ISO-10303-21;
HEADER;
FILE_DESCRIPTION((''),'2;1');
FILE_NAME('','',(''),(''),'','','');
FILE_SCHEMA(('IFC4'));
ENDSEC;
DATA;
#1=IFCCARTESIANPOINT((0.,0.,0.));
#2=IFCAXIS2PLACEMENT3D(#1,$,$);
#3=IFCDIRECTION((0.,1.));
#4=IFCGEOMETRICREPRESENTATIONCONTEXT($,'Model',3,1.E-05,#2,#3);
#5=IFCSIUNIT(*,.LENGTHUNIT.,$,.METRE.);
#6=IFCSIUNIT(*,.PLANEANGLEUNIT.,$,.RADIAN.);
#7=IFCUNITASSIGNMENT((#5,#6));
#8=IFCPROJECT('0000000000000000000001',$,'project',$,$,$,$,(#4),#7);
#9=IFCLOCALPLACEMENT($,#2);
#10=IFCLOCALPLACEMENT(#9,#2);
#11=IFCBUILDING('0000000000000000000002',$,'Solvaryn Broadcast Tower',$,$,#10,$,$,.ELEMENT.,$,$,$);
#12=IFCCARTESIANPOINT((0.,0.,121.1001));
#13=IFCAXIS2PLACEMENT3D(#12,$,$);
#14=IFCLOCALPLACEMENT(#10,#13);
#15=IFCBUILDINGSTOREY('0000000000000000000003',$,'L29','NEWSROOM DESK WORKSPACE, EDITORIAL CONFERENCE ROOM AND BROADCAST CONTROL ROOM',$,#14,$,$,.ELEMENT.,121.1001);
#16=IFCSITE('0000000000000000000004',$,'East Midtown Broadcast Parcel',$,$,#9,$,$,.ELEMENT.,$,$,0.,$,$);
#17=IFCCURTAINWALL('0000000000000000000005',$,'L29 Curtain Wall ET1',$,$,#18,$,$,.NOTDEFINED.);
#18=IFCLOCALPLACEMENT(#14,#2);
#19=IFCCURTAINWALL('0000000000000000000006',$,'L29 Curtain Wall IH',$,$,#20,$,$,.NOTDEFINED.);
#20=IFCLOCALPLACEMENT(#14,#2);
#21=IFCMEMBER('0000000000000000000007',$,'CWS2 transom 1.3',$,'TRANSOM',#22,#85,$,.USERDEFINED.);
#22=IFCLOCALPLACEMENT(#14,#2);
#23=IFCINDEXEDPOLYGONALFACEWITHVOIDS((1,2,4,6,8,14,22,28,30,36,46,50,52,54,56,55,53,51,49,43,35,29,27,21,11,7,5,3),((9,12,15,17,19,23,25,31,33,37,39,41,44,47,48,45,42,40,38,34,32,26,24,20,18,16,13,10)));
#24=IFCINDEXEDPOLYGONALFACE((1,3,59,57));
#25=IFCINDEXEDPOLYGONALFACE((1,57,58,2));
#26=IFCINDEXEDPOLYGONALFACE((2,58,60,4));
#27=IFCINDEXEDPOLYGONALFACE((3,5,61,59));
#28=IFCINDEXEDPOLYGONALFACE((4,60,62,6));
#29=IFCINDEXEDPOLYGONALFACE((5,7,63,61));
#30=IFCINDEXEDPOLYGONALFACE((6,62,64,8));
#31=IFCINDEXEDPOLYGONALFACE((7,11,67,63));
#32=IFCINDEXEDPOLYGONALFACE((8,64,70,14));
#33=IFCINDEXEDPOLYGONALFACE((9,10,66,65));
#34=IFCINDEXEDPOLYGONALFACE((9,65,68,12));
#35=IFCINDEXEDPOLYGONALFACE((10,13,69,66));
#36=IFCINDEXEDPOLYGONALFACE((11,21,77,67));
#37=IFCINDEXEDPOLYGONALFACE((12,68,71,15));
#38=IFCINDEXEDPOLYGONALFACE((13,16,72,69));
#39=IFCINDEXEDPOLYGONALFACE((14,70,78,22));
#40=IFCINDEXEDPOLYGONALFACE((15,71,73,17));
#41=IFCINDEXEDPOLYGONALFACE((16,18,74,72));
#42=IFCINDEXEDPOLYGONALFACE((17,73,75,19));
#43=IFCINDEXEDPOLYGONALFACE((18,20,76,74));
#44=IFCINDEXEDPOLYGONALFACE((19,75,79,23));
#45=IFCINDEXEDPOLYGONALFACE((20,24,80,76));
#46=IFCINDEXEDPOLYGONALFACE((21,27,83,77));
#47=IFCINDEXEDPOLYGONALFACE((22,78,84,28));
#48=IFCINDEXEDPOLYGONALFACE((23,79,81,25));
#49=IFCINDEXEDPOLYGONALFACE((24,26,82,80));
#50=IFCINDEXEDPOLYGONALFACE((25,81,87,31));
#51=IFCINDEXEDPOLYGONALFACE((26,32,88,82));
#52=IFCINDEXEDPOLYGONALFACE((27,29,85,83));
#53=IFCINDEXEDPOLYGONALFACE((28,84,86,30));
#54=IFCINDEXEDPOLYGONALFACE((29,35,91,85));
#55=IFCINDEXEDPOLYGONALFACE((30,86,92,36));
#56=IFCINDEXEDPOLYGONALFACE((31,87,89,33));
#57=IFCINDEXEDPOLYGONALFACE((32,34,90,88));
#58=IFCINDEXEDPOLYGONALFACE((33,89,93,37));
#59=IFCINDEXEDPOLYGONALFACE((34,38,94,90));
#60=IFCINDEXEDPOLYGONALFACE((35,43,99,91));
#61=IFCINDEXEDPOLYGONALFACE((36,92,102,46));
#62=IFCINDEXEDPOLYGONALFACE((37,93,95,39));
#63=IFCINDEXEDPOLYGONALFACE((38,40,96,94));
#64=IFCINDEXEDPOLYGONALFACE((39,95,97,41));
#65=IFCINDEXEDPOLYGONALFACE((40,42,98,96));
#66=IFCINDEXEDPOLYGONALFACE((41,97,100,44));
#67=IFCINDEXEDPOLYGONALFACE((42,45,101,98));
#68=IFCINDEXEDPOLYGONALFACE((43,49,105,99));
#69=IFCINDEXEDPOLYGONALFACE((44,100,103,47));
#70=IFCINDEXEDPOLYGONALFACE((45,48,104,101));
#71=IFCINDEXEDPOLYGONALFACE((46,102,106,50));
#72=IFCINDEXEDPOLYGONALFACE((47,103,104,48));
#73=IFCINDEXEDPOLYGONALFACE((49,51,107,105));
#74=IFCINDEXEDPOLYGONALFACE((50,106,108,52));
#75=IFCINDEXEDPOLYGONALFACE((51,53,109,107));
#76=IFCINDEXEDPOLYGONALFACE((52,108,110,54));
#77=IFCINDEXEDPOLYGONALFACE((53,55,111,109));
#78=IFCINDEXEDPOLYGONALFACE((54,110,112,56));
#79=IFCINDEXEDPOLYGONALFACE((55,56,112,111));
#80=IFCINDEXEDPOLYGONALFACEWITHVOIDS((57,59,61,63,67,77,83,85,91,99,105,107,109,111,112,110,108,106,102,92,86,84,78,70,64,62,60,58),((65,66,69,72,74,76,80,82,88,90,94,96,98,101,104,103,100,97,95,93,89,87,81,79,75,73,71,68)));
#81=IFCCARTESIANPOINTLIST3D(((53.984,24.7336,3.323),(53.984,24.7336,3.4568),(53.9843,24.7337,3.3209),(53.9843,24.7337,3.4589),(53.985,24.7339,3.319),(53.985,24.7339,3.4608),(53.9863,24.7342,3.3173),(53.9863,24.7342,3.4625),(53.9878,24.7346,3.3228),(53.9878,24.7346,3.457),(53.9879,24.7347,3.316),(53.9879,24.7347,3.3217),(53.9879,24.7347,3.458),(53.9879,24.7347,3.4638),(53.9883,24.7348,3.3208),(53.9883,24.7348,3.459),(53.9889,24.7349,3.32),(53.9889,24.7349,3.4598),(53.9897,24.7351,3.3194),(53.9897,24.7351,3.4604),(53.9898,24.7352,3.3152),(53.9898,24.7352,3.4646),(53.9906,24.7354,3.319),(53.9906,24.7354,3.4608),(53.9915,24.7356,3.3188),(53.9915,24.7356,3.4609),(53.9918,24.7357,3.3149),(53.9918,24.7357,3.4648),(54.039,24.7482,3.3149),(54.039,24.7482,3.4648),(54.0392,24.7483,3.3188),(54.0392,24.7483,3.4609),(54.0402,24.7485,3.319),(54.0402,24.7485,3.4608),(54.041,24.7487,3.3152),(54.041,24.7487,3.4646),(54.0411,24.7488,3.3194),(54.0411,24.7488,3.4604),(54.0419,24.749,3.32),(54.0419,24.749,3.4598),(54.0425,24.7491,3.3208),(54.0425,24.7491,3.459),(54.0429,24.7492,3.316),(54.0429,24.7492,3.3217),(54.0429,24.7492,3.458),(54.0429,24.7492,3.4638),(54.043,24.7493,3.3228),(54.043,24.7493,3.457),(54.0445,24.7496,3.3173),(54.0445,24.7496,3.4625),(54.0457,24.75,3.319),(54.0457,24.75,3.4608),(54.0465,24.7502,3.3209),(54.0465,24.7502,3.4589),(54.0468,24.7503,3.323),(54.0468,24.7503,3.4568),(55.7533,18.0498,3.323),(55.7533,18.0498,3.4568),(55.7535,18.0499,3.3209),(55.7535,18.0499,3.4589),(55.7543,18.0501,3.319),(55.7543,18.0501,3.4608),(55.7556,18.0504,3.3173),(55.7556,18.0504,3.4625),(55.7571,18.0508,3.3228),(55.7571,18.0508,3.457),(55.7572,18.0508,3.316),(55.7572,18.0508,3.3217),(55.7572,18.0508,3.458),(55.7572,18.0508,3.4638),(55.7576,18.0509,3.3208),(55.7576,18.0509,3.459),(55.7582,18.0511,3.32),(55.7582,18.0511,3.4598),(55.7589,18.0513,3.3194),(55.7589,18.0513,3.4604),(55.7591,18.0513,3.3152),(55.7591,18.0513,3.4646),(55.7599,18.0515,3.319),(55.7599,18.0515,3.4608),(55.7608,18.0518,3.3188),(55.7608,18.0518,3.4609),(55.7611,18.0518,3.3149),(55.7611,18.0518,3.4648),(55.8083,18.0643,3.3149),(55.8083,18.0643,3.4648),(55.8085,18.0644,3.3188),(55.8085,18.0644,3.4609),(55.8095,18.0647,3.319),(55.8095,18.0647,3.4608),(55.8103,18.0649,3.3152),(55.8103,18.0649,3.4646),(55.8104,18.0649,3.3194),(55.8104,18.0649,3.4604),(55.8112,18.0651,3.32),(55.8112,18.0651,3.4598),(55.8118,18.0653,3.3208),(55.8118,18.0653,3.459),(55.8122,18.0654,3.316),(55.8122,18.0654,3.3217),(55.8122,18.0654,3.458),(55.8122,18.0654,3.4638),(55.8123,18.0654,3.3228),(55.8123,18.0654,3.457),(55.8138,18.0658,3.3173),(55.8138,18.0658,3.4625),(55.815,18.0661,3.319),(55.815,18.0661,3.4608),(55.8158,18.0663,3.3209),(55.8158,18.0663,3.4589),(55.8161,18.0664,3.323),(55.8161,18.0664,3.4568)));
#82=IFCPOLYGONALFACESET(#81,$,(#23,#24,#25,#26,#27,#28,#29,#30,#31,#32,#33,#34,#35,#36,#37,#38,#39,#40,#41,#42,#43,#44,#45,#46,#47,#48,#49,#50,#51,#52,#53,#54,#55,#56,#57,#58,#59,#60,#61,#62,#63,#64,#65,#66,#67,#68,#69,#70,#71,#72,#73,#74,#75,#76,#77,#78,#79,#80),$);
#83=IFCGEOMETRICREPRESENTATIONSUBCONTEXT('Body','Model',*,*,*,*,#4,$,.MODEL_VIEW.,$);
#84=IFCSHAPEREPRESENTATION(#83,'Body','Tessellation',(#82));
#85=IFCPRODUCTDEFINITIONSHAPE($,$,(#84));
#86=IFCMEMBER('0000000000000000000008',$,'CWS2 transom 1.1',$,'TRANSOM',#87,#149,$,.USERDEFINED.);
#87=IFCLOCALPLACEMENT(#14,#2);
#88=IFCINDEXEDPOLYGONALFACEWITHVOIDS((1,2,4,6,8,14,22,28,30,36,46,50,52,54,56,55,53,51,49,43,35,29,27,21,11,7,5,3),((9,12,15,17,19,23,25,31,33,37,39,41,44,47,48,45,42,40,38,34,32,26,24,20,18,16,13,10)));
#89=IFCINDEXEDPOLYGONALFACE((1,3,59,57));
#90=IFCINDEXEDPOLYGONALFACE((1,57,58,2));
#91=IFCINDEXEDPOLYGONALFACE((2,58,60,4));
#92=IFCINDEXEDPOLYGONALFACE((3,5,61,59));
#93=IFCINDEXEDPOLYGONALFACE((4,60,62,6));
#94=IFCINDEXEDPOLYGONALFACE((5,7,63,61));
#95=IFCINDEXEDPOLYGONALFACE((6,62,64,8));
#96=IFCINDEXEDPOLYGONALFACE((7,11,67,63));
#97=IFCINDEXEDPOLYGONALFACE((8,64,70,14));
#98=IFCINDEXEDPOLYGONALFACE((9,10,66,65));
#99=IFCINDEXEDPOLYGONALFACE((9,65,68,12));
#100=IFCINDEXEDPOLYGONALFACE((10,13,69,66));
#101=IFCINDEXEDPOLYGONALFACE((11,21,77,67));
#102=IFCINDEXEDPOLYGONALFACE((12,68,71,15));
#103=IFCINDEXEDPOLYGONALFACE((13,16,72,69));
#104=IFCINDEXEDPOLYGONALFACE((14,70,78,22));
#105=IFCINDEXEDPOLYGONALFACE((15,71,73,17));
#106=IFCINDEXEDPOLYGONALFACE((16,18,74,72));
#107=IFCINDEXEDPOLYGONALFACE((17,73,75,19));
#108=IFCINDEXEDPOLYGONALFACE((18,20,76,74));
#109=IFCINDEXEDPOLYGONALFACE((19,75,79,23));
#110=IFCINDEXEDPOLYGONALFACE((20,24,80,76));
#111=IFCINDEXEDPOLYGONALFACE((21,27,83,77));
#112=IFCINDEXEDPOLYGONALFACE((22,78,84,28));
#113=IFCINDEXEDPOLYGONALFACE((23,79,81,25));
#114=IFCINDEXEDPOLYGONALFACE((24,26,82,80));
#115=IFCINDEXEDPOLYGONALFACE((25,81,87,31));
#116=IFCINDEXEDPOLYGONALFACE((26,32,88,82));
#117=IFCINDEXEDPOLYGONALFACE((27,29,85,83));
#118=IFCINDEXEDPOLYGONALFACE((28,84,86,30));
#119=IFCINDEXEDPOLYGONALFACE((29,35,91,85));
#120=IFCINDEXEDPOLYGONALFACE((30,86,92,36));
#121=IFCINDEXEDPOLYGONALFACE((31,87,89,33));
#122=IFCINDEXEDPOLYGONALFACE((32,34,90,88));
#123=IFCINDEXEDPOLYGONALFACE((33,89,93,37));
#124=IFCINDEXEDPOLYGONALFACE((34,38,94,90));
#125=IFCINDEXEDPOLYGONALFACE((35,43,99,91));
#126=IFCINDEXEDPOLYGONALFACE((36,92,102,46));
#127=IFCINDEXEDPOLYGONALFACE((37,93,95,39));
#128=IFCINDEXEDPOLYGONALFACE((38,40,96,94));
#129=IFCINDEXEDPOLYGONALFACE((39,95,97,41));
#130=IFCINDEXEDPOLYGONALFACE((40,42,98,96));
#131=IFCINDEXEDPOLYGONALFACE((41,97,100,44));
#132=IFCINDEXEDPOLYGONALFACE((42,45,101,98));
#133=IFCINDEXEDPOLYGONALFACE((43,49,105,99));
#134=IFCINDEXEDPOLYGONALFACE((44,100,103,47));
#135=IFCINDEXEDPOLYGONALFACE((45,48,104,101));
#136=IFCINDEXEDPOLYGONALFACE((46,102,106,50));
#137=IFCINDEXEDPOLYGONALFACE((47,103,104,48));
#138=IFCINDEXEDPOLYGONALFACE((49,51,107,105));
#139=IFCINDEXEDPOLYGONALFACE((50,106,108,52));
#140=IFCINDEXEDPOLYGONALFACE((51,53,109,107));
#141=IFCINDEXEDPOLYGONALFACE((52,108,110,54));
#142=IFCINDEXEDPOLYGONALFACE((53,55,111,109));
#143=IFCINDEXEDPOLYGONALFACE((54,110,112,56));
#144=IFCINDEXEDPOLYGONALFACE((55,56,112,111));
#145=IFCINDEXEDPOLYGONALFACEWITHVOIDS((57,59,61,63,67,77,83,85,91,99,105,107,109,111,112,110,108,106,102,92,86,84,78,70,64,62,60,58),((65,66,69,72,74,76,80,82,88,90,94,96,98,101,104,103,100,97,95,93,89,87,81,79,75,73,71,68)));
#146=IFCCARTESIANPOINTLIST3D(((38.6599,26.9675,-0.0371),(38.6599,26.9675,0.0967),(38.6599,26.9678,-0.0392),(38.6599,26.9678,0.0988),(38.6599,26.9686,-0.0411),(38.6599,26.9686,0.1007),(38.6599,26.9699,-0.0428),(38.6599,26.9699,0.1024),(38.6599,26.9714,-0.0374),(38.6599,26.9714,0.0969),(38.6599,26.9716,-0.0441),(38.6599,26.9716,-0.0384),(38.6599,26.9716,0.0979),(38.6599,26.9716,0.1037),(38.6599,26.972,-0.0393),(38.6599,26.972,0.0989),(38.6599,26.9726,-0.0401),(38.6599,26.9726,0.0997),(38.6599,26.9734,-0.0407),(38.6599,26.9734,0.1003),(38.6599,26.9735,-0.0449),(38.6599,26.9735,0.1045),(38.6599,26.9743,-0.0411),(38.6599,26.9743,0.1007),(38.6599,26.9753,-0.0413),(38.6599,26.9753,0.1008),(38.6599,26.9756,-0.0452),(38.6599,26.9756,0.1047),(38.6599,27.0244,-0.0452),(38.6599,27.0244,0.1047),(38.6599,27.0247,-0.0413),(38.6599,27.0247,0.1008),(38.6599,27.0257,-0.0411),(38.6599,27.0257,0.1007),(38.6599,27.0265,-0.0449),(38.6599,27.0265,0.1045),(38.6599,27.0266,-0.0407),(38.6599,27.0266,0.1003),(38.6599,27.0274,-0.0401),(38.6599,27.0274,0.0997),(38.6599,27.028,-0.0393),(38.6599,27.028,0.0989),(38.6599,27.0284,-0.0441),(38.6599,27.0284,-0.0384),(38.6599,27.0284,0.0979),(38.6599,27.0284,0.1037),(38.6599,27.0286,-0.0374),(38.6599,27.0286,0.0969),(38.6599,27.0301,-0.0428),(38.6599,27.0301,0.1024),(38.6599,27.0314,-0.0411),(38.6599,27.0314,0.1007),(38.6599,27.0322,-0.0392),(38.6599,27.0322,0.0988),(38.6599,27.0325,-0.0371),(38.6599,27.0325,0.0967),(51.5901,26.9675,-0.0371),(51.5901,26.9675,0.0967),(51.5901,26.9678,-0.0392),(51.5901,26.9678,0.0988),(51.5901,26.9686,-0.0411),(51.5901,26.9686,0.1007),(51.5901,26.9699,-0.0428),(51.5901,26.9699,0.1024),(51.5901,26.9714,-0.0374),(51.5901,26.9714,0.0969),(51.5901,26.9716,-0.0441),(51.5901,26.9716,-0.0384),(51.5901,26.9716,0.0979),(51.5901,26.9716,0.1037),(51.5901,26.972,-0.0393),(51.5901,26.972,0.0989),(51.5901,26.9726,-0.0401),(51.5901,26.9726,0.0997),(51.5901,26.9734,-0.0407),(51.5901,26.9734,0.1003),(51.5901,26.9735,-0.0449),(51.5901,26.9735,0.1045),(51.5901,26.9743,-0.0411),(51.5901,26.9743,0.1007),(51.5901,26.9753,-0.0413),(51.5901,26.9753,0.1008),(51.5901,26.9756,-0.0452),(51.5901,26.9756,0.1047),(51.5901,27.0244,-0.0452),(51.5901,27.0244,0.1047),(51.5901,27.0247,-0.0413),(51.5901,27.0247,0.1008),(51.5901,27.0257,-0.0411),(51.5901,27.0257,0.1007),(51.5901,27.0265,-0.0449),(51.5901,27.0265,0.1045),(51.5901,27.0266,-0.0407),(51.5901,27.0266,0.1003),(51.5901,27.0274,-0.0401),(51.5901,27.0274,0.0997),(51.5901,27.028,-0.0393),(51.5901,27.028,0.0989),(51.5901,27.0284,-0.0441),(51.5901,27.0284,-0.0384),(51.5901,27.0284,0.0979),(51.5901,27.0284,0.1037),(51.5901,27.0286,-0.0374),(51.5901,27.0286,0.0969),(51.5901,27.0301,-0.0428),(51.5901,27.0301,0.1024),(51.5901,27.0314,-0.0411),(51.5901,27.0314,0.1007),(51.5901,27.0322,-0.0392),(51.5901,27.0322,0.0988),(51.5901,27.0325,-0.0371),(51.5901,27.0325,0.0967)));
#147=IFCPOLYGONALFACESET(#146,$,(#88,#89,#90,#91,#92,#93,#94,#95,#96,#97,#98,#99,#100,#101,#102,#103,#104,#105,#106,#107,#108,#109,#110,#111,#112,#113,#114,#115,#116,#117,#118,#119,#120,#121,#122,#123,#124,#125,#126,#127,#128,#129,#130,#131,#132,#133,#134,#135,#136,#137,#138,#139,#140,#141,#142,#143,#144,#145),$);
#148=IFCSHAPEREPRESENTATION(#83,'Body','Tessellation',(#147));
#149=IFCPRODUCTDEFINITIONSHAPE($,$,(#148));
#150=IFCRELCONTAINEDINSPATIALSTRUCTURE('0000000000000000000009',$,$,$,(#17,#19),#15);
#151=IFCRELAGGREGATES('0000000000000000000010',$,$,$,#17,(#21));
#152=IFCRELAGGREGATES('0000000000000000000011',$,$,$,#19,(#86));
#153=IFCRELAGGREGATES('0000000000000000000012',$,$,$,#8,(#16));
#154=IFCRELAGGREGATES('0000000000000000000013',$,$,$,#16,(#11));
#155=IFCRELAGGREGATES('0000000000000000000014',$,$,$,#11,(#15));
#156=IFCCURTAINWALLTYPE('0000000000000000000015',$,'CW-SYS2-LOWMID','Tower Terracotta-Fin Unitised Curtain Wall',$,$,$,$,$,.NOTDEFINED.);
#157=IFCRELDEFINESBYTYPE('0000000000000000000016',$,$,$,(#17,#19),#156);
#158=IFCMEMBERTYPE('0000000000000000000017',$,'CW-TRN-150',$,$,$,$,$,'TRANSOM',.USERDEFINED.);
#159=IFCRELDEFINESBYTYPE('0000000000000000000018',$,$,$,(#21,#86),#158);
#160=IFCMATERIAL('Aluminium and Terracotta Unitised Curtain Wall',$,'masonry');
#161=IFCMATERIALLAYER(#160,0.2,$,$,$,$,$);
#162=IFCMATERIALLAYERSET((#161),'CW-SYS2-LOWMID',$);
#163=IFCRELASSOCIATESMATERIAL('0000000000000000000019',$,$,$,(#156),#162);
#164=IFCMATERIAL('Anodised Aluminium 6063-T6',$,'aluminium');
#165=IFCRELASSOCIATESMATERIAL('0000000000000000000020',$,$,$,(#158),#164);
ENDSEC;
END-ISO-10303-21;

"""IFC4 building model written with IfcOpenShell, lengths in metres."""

from ifc_helpers import new_model, si_unit, direction, frame, origin, origin_2d, place, context, subcontext, project, spatial, hollow_rectangle, extrude, material, layer, layer_set, material_profile, profile_set, type_object, element, aggregate, save


model = new_model("IFC4")

# Units and contexts
model_context = context("Model", 3, precision=1e-05, world=origin(), true_north=direction((0.0, 1.0)))
body_context = subcontext(model_context, "Body", "Model", "MODEL_VIEW")
ifc_project = project(units=[si_unit("LENGTHUNIT", "METRE"), si_unit("PLANEANGLEUNIT", "RADIAN")], contexts=[model_context])

# Site, building, storey
site_placement = place(None, origin())
site = spatial("IfcSite", under=ifc_project, at=site_placement, Name="East Midtown Broadcast Parcel", CompositionType="ELEMENT", RefElevation=0.0)
building_placement = place(site_placement, origin())
building = spatial("IfcBuilding", under=site, at=building_placement, Name="Solvaryn Broadcast Tower", CompositionType="ELEMENT")
storey_placement = place(building_placement, frame((0.0, 0.0, 121.1001)))
storey = spatial("IfcBuildingStorey", under=building, at=storey_placement, Name="L29", Description="NEWSROOM DESK WORKSPACE, EDITORIAL CONFERENCE ROOM AND BROADCAST CONTROL ROOM", CompositionType="ELEMENT", Elevation=121.1001)

# Curtain walls
ifc_material_1 = material(Name="Aluminium and Terracotta Unitised Curtain Wall", Category="masonry")
ifc_layer_1 = layer(ifc_material_1, 0.2)
ifc_layer_set_1 = layer_set([ifc_layer_1], Name="CW-SYS2-LOWMID")
curtain_wall_type = type_object("IfcCurtainWallType", Name="CW-SYS2-LOWMID", Description="Tower Terracotta-Fin Unitised Curtain Wall", PredefinedType="NOTDEFINED", material=ifc_layer_set_1)
curtain_wall_1_placement = place(storey_placement, origin())
curtain_wall_1 = element("IfcCurtainWall", 1, at=curtain_wall_1_placement, inside=storey, type_object=curtain_wall_type, Name="L29 Curtain Wall ET1", PredefinedType="NOTDEFINED")
curtain_wall_2_placement = place(storey_placement, origin())
curtain_wall_2 = element("IfcCurtainWall", 2, at=curtain_wall_2_placement, inside=storey, type_object=curtain_wall_type, Name="L29 Curtain Wall IH", PredefinedType="NOTDEFINED")

# Members
ifc_material_2 = material(Name="Anodised Aluminium 6063-T6", Category="aluminium")
ifc_material_profile_1 = material_profile(ifc_material_2, hollow_rectangle(XDim=0.0649, YDim=0.1499, WallThickness=0.0039, InnerFilletRadius=0.0039, OuterFilletRadius=0.0081, at=origin_2d()))
ifc_profile_set_1 = profile_set([ifc_material_profile_1], Name="Anodised Aluminium 6063-T6")
member_type_1 = type_object("IfcMemberType", Name="CW-TRN-150", ElementType="TRANSOM", PredefinedType="USERDEFINED", material=ifc_profile_set_1)
member_1_placement = place(storey_placement, frame((54.0154, 24.7419, 3.3899), z_axis=(0.255897, -0.966704, 0.0), x_axis=(0.966704, 0.255897, 0.0)))
member_1 = element("IfcMember", 3, at=member_1_placement, type_object=member_type_1, Name="CWS2 transom 1.3", ObjectType="TRANSOM", PredefinedType="USERDEFINED", context=body_context, shape_type="SweptSolid", body=[
    extrude(hollow_rectangle(XDim=0.0649, YDim=0.1499, WallThickness=0.0039, InnerFilletRadius=0.0039, OuterFilletRadius=0.0081, at=origin_2d()), origin(), (0.0, 0.0, 1.0), 6.9141),
])
member_2_placement = place(storey_placement, frame((38.6599, 27.0, 0.0298), z_axis=(1.0, 0.0, 0.0), x_axis=(0.0, 1.0, 0.0)))
member_2 = element("IfcMember", 4, at=member_2_placement, type_object=member_type_1, Name="CWS2 transom 1.1", ObjectType="TRANSOM", PredefinedType="USERDEFINED", context=body_context, shape_type="SweptSolid", body=[
    extrude(hollow_rectangle(XDim=0.0649, YDim=0.1499, WallThickness=0.0039, InnerFilletRadius=0.0039, OuterFilletRadius=0.0081, at=origin_2d()), origin(), (0.0, 0.0, 1.0), 12.9302),
])

aggregate(curtain_wall_1, [member_1])
aggregate(curtain_wall_2, [member_2])

save(model, "model.ifc")
